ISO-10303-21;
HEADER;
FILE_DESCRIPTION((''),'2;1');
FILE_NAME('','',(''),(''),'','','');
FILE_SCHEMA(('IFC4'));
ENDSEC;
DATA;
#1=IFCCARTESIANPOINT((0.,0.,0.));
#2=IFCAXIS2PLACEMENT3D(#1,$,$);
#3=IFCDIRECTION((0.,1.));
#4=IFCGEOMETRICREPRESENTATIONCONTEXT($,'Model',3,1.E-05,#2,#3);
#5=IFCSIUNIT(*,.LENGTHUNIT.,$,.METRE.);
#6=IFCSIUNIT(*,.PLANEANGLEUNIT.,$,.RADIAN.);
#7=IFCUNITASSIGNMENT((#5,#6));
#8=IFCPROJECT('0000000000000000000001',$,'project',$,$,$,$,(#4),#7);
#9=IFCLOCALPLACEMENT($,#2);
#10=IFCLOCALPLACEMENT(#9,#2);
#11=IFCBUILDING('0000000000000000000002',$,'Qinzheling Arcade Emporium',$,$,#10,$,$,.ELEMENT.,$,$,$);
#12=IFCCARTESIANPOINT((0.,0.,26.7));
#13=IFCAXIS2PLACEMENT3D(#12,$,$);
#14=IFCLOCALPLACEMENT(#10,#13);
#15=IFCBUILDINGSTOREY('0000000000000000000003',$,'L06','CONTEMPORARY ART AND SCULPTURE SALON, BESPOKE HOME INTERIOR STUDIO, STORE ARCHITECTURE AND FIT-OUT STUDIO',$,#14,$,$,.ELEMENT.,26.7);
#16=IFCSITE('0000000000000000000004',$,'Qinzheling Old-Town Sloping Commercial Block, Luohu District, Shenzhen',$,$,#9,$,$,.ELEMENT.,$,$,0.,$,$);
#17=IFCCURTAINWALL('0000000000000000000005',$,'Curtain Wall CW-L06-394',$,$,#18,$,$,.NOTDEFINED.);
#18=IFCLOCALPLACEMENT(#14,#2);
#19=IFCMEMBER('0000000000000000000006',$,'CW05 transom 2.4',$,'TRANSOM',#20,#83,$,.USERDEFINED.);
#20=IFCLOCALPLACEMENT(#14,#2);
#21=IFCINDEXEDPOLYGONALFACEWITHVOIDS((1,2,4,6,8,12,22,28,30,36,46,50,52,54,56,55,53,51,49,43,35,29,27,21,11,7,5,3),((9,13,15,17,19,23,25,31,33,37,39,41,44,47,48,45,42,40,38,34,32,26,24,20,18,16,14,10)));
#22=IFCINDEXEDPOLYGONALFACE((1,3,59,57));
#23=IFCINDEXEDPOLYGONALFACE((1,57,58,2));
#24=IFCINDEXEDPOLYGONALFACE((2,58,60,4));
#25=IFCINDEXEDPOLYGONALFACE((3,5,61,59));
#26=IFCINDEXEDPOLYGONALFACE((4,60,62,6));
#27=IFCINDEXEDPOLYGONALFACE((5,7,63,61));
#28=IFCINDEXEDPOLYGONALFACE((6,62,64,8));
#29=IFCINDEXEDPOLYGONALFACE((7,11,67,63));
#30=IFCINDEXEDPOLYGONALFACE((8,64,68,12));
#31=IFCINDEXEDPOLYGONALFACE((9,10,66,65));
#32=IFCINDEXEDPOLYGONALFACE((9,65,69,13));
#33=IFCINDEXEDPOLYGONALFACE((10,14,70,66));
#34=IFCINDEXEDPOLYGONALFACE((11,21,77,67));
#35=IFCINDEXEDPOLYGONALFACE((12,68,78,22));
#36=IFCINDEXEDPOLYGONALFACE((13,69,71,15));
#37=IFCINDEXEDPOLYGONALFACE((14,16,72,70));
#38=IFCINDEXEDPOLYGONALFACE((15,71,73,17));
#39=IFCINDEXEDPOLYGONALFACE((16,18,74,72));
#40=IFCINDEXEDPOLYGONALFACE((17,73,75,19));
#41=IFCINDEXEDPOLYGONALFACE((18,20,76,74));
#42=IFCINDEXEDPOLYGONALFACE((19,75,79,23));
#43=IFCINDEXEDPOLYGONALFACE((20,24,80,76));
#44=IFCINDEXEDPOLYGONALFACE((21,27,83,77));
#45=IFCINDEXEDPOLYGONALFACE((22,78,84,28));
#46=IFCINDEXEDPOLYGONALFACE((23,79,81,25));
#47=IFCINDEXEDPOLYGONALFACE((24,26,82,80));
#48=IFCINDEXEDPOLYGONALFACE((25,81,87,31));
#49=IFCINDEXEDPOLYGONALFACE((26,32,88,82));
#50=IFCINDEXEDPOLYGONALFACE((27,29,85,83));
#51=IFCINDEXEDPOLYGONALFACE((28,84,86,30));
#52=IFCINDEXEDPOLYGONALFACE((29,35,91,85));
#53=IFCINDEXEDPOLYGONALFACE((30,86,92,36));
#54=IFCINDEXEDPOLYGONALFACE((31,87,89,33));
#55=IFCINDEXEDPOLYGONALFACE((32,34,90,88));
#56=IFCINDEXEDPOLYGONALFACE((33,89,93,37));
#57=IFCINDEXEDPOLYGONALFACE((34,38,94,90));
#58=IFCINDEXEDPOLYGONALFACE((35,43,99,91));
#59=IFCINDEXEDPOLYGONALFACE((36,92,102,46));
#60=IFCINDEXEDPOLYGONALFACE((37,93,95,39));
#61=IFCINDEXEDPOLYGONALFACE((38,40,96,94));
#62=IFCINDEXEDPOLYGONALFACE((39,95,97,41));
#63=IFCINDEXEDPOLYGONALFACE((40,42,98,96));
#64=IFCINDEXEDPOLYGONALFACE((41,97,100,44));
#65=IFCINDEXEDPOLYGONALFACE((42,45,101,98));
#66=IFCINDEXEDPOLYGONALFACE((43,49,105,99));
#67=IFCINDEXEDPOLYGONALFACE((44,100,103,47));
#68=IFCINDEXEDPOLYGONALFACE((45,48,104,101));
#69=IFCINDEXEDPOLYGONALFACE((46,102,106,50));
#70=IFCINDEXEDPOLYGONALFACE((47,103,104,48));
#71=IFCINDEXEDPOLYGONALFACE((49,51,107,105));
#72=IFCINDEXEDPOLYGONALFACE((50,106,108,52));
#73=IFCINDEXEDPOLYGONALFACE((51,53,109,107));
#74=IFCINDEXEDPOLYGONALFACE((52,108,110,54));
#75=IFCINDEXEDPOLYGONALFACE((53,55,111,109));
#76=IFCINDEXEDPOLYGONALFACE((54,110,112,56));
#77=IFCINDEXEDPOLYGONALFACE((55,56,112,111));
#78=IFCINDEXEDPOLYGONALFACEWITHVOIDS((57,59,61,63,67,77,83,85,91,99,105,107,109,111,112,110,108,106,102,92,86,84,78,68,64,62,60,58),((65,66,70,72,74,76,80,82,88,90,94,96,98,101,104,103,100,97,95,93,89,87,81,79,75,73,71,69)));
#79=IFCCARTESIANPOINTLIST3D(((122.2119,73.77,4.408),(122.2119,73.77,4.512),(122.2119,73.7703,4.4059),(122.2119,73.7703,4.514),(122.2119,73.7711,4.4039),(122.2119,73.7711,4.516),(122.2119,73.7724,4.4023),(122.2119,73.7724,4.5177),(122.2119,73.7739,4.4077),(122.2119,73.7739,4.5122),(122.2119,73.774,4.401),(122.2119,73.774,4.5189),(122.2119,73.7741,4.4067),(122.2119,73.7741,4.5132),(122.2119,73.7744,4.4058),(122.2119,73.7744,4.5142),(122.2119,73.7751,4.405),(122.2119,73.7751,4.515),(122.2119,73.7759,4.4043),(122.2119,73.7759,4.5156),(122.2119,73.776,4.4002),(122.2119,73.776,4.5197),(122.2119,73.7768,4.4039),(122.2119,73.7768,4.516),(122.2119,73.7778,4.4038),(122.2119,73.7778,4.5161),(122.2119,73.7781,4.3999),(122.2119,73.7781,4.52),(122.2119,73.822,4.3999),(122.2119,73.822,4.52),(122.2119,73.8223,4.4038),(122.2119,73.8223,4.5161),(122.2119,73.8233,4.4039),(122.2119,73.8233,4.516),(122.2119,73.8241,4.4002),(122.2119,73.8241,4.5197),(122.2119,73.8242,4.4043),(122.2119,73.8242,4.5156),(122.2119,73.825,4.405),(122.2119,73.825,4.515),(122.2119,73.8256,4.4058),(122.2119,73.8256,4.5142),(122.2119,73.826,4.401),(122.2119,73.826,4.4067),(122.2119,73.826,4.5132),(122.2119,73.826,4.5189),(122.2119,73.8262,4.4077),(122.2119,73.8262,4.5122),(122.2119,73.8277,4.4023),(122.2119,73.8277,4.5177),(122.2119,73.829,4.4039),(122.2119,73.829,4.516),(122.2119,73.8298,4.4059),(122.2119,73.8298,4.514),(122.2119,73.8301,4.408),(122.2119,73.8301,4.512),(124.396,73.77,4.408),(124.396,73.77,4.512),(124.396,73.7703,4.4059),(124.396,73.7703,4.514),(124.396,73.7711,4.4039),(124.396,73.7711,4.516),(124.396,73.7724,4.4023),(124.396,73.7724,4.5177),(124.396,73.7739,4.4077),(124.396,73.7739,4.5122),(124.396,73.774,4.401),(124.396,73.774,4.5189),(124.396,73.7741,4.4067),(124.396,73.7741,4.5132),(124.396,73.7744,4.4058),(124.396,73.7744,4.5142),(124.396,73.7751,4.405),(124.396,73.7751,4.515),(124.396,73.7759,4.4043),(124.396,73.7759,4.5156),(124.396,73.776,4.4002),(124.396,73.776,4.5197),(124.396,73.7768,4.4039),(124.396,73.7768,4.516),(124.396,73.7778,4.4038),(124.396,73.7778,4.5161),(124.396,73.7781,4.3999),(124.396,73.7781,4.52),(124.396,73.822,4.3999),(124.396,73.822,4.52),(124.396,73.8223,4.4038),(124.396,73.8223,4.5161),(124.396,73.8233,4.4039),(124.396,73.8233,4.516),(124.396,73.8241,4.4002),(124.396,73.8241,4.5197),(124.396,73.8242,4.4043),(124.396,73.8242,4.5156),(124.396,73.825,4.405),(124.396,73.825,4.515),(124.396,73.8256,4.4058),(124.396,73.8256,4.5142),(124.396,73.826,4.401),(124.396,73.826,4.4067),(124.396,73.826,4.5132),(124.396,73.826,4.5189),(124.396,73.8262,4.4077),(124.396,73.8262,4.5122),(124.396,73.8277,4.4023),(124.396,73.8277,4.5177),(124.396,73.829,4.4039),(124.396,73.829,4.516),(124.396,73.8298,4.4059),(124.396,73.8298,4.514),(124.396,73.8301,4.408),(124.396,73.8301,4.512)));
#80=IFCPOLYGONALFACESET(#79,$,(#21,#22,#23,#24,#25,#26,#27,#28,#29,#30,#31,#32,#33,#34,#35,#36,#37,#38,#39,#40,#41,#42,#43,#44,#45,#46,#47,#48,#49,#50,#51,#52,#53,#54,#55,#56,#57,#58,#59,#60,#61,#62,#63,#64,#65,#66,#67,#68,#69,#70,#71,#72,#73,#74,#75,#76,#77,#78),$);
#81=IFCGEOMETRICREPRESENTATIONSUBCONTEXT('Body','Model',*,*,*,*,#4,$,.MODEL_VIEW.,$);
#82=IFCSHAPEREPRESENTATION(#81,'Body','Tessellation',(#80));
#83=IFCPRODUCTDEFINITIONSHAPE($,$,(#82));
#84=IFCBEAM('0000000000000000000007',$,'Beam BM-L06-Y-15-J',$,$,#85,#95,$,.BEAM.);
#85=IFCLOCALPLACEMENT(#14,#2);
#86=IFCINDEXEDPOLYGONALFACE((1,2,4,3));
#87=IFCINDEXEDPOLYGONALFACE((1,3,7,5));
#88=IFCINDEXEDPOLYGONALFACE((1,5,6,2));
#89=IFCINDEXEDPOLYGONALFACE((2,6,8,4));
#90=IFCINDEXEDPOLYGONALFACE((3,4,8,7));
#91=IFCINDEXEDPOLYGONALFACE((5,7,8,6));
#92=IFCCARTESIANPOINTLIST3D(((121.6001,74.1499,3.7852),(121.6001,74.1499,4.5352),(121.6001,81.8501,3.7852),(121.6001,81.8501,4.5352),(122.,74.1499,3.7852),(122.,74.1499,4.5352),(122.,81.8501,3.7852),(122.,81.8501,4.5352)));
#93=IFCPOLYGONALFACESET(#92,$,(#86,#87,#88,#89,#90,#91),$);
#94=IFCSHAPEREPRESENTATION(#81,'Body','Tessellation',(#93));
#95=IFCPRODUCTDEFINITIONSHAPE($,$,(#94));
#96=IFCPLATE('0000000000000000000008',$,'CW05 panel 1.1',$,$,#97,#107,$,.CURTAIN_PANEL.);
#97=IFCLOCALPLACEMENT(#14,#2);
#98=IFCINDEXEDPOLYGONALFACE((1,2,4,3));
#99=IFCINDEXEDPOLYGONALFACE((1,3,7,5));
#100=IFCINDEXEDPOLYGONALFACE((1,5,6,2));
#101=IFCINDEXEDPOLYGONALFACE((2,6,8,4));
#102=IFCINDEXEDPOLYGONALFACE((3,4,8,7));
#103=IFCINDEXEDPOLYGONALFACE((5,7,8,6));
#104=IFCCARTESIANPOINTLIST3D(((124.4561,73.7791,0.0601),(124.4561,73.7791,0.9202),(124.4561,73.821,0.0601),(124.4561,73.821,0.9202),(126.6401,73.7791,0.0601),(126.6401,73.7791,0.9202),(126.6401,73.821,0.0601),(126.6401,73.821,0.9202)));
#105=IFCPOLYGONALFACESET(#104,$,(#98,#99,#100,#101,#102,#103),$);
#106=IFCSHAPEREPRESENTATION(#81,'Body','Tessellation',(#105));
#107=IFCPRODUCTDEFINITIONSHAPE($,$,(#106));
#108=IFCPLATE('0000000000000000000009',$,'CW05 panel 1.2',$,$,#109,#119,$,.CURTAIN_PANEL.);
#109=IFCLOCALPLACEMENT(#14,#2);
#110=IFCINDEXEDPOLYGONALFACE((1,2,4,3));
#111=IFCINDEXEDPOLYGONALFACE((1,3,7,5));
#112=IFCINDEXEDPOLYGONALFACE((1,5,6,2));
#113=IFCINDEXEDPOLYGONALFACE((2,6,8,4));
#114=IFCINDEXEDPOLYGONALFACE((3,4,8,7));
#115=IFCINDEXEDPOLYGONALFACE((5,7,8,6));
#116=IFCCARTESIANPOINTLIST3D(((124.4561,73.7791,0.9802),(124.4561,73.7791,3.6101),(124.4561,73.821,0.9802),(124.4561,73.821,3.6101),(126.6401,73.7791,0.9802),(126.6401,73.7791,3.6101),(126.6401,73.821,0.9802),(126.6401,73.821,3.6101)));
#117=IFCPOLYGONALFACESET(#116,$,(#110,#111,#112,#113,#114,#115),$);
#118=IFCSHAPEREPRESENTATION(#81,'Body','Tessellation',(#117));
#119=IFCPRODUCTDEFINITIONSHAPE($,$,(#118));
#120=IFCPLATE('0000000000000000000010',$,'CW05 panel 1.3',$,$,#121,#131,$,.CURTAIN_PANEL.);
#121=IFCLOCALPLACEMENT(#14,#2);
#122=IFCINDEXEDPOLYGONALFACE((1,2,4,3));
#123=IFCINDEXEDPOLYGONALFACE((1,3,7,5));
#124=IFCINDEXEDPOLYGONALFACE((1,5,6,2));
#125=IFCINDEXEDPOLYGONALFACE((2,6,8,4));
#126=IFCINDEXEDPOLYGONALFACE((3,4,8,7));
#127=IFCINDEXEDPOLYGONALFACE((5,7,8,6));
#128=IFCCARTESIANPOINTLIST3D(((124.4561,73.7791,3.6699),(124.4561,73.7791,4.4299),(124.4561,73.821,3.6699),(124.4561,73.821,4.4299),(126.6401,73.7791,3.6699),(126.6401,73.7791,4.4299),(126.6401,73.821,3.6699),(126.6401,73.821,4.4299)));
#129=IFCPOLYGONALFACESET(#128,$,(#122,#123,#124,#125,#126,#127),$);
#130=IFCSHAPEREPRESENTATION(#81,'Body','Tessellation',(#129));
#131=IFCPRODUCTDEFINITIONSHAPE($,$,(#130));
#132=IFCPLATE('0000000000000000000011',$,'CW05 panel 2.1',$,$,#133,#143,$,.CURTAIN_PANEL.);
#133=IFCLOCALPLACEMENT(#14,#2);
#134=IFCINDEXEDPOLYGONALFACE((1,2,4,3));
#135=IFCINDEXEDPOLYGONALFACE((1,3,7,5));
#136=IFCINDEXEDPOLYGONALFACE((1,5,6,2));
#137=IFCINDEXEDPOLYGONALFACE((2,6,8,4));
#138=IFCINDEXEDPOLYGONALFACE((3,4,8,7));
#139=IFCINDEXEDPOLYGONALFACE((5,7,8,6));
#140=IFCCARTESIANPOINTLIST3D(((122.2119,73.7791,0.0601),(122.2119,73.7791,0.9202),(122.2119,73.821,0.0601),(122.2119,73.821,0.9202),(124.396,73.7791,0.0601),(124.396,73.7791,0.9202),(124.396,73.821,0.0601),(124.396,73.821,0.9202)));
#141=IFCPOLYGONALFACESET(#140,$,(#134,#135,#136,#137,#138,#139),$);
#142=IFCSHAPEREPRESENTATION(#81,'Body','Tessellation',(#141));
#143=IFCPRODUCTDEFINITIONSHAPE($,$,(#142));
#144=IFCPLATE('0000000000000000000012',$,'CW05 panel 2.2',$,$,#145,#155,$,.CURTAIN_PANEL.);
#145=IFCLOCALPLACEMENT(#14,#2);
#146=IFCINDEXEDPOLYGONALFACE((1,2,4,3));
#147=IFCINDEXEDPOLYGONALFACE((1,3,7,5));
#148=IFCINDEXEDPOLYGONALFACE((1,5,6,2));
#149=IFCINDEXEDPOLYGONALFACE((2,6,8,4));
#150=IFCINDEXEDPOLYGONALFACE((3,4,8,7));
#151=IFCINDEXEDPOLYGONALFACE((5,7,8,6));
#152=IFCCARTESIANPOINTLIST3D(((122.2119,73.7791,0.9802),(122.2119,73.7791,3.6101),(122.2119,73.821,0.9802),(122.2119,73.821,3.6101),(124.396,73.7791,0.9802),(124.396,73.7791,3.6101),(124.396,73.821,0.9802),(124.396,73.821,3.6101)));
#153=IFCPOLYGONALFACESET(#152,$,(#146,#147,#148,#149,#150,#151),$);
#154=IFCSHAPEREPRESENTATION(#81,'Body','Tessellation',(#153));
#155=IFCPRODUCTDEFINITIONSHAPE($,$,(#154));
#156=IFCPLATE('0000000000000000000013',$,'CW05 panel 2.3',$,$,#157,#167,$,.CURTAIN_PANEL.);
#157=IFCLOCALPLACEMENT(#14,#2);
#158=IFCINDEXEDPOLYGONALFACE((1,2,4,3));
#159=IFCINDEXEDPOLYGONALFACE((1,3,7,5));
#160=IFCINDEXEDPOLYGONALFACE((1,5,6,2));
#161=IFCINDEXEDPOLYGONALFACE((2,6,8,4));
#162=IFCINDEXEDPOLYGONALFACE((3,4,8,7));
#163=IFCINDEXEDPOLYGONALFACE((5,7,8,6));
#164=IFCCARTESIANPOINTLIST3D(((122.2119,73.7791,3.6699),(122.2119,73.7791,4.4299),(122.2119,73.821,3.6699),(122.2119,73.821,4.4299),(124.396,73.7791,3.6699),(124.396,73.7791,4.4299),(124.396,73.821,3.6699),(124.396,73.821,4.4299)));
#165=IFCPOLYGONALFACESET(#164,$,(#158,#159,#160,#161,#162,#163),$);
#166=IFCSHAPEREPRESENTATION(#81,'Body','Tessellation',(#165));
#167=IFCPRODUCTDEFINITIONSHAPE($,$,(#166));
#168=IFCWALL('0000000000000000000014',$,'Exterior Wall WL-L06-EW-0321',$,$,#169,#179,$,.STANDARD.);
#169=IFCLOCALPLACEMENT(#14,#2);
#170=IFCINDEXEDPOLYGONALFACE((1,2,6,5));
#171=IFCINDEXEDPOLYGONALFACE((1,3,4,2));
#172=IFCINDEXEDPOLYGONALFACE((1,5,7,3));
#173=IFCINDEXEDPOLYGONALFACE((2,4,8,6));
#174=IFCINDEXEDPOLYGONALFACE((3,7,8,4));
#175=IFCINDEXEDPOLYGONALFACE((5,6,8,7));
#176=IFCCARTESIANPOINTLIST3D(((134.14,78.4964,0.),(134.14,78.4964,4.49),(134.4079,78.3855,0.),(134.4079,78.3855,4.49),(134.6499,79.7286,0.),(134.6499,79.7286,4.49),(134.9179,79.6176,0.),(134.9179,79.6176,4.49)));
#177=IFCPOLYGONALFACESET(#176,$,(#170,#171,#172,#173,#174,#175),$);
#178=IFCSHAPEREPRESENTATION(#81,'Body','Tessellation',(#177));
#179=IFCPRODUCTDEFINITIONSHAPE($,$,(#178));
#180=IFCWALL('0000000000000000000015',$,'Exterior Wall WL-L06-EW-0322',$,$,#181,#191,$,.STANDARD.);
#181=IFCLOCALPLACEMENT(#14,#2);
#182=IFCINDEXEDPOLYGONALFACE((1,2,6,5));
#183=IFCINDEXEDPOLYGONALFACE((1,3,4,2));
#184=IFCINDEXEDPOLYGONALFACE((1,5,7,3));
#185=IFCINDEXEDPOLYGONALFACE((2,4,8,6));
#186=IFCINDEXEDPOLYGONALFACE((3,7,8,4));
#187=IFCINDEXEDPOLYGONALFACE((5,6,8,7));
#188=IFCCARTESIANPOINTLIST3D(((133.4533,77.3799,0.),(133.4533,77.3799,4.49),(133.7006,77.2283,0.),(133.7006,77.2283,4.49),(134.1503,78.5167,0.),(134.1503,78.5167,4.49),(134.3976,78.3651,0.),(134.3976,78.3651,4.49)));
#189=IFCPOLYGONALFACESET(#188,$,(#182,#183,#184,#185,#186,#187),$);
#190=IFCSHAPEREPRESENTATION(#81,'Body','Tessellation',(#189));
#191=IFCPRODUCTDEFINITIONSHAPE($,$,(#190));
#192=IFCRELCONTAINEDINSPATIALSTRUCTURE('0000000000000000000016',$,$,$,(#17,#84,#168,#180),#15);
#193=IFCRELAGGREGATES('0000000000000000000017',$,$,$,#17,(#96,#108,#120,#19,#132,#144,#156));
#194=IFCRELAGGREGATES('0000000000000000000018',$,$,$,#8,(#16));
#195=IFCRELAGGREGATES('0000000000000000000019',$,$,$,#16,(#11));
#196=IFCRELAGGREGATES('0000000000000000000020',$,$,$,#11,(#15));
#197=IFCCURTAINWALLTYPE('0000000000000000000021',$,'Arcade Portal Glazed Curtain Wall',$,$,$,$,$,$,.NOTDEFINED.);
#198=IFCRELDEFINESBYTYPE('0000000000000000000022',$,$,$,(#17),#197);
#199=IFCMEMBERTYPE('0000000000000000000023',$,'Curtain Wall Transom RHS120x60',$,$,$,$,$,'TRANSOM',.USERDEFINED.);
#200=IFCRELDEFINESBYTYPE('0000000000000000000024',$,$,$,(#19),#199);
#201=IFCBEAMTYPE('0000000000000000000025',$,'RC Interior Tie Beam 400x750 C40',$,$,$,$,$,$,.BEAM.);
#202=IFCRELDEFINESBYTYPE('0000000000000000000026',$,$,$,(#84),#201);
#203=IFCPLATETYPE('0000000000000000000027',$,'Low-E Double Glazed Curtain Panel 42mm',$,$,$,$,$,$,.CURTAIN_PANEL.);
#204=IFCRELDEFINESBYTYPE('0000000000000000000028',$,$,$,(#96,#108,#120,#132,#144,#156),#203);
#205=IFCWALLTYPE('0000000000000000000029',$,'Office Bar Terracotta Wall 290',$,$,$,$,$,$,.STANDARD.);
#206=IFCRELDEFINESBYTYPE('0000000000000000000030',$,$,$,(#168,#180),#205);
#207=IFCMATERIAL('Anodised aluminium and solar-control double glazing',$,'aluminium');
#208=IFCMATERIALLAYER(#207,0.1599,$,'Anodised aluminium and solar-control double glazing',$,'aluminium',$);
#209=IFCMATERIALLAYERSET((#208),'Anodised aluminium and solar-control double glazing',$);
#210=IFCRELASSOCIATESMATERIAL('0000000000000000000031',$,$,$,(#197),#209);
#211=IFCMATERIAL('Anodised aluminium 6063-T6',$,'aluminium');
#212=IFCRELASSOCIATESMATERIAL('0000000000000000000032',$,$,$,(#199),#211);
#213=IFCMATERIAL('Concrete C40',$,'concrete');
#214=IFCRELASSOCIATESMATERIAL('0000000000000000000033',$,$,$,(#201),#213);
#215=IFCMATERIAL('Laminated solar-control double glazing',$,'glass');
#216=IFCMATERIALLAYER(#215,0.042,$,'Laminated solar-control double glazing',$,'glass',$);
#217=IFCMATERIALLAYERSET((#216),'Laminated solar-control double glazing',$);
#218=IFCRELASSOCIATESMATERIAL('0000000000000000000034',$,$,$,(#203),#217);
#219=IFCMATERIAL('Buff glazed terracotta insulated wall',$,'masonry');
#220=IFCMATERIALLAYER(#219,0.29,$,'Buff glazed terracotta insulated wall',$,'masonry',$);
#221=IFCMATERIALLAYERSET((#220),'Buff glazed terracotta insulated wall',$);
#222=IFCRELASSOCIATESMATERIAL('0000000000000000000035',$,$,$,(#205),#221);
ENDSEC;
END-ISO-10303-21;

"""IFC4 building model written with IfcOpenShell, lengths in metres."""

from ifc_helpers import new_model, si_unit, direction, frame, frame_2d, origin, origin_2d, place, context, subcontext, project, spatial, rectangle, hollow_rectangle, extrude, material, layer, layer_set, material_profile, profile_set, type_object, element, aggregate, save


model = new_model("IFC4")

# Units and contexts
model_context = context("Model", 3, precision=1e-05, world=origin(), true_north=direction((0.0, 1.0)))
body_context = subcontext(model_context, "Body", "Model", "MODEL_VIEW")
ifc_project = project(units=[si_unit("LENGTHUNIT", "METRE"), si_unit("PLANEANGLEUNIT", "RADIAN")], contexts=[model_context])

# Site, building, storey
site_placement = place(None, origin())
site = spatial("IfcSite", under=ifc_project, at=site_placement, Name="Qinzheling Old-Town Sloping Commercial Block, Luohu District, Shenzhen", CompositionType="ELEMENT", RefElevation=0.0)
building_placement = place(site_placement, origin())
building = spatial("IfcBuilding", under=site, at=building_placement, Name="Qinzheling Arcade Emporium", CompositionType="ELEMENT")
storey_placement = place(building_placement, frame((0.0, 0.0, 26.7)))
storey = spatial("IfcBuildingStorey", under=building, at=storey_placement, Name="L06", Description="CONTEMPORARY ART AND SCULPTURE SALON, BESPOKE HOME INTERIOR STUDIO, STORE ARCHITECTURE AND FIT-OUT STUDIO", CompositionType="ELEMENT", Elevation=26.7)

# Curtain wall, member
ifc_material_1 = material(Name="Anodised aluminium and solar-control double glazing", Category="aluminium")
ifc_layer_1 = layer(ifc_material_1, 0.1599, Name="Anodised aluminium and solar-control double glazing", Category="aluminium")
ifc_layer_set_1 = layer_set([ifc_layer_1], Name="Anodised aluminium and solar-control double glazing")
curtain_wall_type = type_object("IfcCurtainWallType", Name="Arcade Portal Glazed Curtain Wall", PredefinedType="NOTDEFINED", material=ifc_layer_set_1)
curtain_wall_placement = place(storey_placement, origin())
curtain_wall = element("IfcCurtainWall", 1, at=curtain_wall_placement, inside=storey, type_object=curtain_wall_type, Name="Curtain Wall CW-L06-394", PredefinedType="NOTDEFINED")
ifc_material_2 = material(Name="Anodised aluminium 6063-T6", Category="aluminium")
ifc_material_profile_1 = material_profile(ifc_material_2, hollow_rectangle(XDim=0.0601, YDim=0.1201, WallThickness=0.0039, InnerFilletRadius=0.0039, OuterFilletRadius=0.0081, at=origin_2d()), Name="RHS 120x60x4", Category="aluminium")
ifc_profile_set_1 = profile_set([ifc_material_profile_1], Name="Anodised aluminium 6063-T6")
member_type_1 = type_object("IfcMemberType", Name="Curtain Wall Transom RHS120x60", ElementType="TRANSOM", PredefinedType="USERDEFINED", material=ifc_profile_set_1)
member_1_placement = place(storey_placement, frame((124.396, 73.8, 4.46), z_axis=(-1.0, 0.0, 0.0), x_axis=(0.0, -1.0, 0.0)))
member_1 = element("IfcMember", 2, at=member_1_placement, type_object=member_type_1, Name="CW05 transom 2.4", ObjectType="TRANSOM", PredefinedType="USERDEFINED", context=body_context, shape_type="SweptSolid", body=[
    extrude(hollow_rectangle(XDim=0.0601, YDim=0.1201, WallThickness=0.0039, InnerFilletRadius=0.0039, OuterFilletRadius=0.0081, at=origin_2d()), origin(), (0.0, 0.0, 1.0), 2.1841),
])

# Beam
ifc_material_3 = material(Name="Concrete C40", Category="concrete")
ifc_material_profile_2 = material_profile(ifc_material_3, rectangle(XDim=0.3999, YDim=0.75, at=origin_2d()), Name="RC 400x750", Category="concrete")
ifc_profile_set_2 = profile_set([ifc_material_profile_2], Name="Concrete C40")
beam_type = type_object("IfcBeamType", Name="RC Interior Tie Beam 400x750 C40", PredefinedType="BEAM", material=ifc_profile_set_2)
beam_placement = place(storey_placement, frame((121.8, 74.1499, 4.1602), z_axis=(0.0, 1.0, 0.0), x_axis=(-1.0, 0.0, 0.0)))
element("IfcBeam", 3, at=beam_placement, inside=storey, type_object=beam_type, Name="Beam BM-L06-Y-15-J", PredefinedType="BEAM", context=body_context, shape_type="SweptSolid", body=[
    extrude(rectangle(XDim=0.3999, YDim=0.75, at=origin_2d()), origin(), (0.0, 0.0, 1.0), 7.7002),
])

# Plates
ifc_material_4 = material(Name="Laminated solar-control double glazing", Category="glass")
ifc_layer_2 = layer(ifc_material_4, 0.042, Name="Laminated solar-control double glazing", Category="glass")
ifc_layer_set_2 = layer_set([ifc_layer_2], Name="Laminated solar-control double glazing")
plate_type = type_object("IfcPlateType", Name="Low-E Double Glazed Curtain Panel 42mm", PredefinedType="CURTAIN_PANEL", material=ifc_layer_set_2)
plate_1_placement = place(storey_placement, frame((125.5481, 73.8, 0.0601), z_axis=(0.0, 0.0, 1.0), x_axis=(-1.0, 0.0, 0.0)))
plate_1 = element("IfcPlate", 4, at=plate_1_placement, type_object=plate_type, Name="CW05 panel 1.1", PredefinedType="CURTAIN_PANEL", context=body_context, shape_type="SweptSolid", body=[
    extrude(rectangle(XDim=2.1841, YDim=0.042, at=origin_2d()), origin(), (0.0, 0.0, 1.0), 0.8601),
])
plate_2_placement = place(storey_placement, frame((125.5481, 73.8, 0.9802), z_axis=(0.0, 0.0, 1.0), x_axis=(-1.0, 0.0, 0.0)))
plate_2 = element("IfcPlate", 5, at=plate_2_placement, type_object=plate_type, Name="CW05 panel 1.2", PredefinedType="CURTAIN_PANEL", context=body_context, shape_type="SweptSolid", body=[
    extrude(rectangle(XDim=2.1841, YDim=0.042, at=origin_2d()), origin(), (0.0, 0.0, 1.0), 2.6299),
])
plate_3_placement = place(storey_placement, frame((125.5481, 73.8, 3.6699), z_axis=(0.0, 0.0, 1.0), x_axis=(-1.0, 0.0, 0.0)))
plate_3 = element("IfcPlate", 6, at=plate_3_placement, type_object=plate_type, Name="CW05 panel 1.3", PredefinedType="CURTAIN_PANEL", context=body_context, shape_type="SweptSolid", body=[
    extrude(rectangle(XDim=2.1841, YDim=0.042, at=origin_2d()), origin(), (0.0, 0.0, 1.0), 0.76),
])
plate_4_placement = place(storey_placement, frame((123.304, 73.8, 0.0601), z_axis=(0.0, 0.0, 1.0), x_axis=(-1.0, 0.0, 0.0)))
plate_4 = element("IfcPlate", 7, at=plate_4_placement, type_object=plate_type, Name="CW05 panel 2.1", PredefinedType="CURTAIN_PANEL", context=body_context, shape_type="SweptSolid", body=[
    extrude(rectangle(XDim=2.1841, YDim=0.042, at=origin_2d()), origin(), (0.0, 0.0, 1.0), 0.8601),
])
plate_5_placement = place(storey_placement, frame((123.304, 73.8, 0.9802), z_axis=(0.0, 0.0, 1.0), x_axis=(-1.0, 0.0, 0.0)))
plate_5 = element("IfcPlate", 8, at=plate_5_placement, type_object=plate_type, Name="CW05 panel 2.2", PredefinedType="CURTAIN_PANEL", context=body_context, shape_type="SweptSolid", body=[
    extrude(rectangle(XDim=2.1841, YDim=0.042, at=origin_2d()), origin(), (0.0, 0.0, 1.0), 2.6299),
])
plate_6_placement = place(storey_placement, frame((123.304, 73.8, 3.6699), z_axis=(0.0, 0.0, 1.0), x_axis=(-1.0, 0.0, 0.0)))
plate_6 = element("IfcPlate", 9, at=plate_6_placement, type_object=plate_type, Name="CW05 panel 2.3", PredefinedType="CURTAIN_PANEL", context=body_context, shape_type="SweptSolid", body=[
    extrude(rectangle(XDim=2.1841, YDim=0.042, at=origin_2d()), origin(), (0.0, 0.0, 1.0), 0.76),
])
aggregate(curtain_wall, [plate_1, plate_2, plate_3, member_1, plate_4, plate_5, plate_6])

# Walls
ifc_material_5 = material(Name="Buff glazed terracotta insulated wall", Category="masonry")
ifc_layer_3 = layer(ifc_material_5, 0.29, Name="Buff glazed terracotta insulated wall", Category="masonry")
ifc_layer_set_3 = layer_set([ifc_layer_3], Name="Buff glazed terracotta insulated wall")
wall_type = type_object("IfcWallType", Name="Office Bar Terracotta Wall 290", PredefinedType="STANDARD", material=ifc_layer_set_3)
for number, where, z_axis, x_axis, name in (
    (10, (134.7839, 79.6731, 0.0), (0.0, 0.0, 1.0), (-0.382443, -0.923979, 0.0), "Exterior Wall WL-L06-EW-0321"),
    (11, (134.2739, 78.4409, 0.0), (0.0, 0.0, 1.0), (-0.522656, -0.852543, 0.0), "Exterior Wall WL-L06-EW-0322"),
):
    element("IfcWall", number, at=place(storey_placement, frame(where, z_axis=z_axis, x_axis=x_axis)), inside=storey, type_object=wall_type, Name=name, PredefinedType="STANDARD", context=body_context, shape_type="SweptSolid", body=[
        extrude(rectangle(XDim=1.3335, YDim=0.29, at=frame_2d((0.6667, 0.0))), origin(), (0.0, 0.0, 1.0), 4.49),
    ])

save(model, "model.ifc")
